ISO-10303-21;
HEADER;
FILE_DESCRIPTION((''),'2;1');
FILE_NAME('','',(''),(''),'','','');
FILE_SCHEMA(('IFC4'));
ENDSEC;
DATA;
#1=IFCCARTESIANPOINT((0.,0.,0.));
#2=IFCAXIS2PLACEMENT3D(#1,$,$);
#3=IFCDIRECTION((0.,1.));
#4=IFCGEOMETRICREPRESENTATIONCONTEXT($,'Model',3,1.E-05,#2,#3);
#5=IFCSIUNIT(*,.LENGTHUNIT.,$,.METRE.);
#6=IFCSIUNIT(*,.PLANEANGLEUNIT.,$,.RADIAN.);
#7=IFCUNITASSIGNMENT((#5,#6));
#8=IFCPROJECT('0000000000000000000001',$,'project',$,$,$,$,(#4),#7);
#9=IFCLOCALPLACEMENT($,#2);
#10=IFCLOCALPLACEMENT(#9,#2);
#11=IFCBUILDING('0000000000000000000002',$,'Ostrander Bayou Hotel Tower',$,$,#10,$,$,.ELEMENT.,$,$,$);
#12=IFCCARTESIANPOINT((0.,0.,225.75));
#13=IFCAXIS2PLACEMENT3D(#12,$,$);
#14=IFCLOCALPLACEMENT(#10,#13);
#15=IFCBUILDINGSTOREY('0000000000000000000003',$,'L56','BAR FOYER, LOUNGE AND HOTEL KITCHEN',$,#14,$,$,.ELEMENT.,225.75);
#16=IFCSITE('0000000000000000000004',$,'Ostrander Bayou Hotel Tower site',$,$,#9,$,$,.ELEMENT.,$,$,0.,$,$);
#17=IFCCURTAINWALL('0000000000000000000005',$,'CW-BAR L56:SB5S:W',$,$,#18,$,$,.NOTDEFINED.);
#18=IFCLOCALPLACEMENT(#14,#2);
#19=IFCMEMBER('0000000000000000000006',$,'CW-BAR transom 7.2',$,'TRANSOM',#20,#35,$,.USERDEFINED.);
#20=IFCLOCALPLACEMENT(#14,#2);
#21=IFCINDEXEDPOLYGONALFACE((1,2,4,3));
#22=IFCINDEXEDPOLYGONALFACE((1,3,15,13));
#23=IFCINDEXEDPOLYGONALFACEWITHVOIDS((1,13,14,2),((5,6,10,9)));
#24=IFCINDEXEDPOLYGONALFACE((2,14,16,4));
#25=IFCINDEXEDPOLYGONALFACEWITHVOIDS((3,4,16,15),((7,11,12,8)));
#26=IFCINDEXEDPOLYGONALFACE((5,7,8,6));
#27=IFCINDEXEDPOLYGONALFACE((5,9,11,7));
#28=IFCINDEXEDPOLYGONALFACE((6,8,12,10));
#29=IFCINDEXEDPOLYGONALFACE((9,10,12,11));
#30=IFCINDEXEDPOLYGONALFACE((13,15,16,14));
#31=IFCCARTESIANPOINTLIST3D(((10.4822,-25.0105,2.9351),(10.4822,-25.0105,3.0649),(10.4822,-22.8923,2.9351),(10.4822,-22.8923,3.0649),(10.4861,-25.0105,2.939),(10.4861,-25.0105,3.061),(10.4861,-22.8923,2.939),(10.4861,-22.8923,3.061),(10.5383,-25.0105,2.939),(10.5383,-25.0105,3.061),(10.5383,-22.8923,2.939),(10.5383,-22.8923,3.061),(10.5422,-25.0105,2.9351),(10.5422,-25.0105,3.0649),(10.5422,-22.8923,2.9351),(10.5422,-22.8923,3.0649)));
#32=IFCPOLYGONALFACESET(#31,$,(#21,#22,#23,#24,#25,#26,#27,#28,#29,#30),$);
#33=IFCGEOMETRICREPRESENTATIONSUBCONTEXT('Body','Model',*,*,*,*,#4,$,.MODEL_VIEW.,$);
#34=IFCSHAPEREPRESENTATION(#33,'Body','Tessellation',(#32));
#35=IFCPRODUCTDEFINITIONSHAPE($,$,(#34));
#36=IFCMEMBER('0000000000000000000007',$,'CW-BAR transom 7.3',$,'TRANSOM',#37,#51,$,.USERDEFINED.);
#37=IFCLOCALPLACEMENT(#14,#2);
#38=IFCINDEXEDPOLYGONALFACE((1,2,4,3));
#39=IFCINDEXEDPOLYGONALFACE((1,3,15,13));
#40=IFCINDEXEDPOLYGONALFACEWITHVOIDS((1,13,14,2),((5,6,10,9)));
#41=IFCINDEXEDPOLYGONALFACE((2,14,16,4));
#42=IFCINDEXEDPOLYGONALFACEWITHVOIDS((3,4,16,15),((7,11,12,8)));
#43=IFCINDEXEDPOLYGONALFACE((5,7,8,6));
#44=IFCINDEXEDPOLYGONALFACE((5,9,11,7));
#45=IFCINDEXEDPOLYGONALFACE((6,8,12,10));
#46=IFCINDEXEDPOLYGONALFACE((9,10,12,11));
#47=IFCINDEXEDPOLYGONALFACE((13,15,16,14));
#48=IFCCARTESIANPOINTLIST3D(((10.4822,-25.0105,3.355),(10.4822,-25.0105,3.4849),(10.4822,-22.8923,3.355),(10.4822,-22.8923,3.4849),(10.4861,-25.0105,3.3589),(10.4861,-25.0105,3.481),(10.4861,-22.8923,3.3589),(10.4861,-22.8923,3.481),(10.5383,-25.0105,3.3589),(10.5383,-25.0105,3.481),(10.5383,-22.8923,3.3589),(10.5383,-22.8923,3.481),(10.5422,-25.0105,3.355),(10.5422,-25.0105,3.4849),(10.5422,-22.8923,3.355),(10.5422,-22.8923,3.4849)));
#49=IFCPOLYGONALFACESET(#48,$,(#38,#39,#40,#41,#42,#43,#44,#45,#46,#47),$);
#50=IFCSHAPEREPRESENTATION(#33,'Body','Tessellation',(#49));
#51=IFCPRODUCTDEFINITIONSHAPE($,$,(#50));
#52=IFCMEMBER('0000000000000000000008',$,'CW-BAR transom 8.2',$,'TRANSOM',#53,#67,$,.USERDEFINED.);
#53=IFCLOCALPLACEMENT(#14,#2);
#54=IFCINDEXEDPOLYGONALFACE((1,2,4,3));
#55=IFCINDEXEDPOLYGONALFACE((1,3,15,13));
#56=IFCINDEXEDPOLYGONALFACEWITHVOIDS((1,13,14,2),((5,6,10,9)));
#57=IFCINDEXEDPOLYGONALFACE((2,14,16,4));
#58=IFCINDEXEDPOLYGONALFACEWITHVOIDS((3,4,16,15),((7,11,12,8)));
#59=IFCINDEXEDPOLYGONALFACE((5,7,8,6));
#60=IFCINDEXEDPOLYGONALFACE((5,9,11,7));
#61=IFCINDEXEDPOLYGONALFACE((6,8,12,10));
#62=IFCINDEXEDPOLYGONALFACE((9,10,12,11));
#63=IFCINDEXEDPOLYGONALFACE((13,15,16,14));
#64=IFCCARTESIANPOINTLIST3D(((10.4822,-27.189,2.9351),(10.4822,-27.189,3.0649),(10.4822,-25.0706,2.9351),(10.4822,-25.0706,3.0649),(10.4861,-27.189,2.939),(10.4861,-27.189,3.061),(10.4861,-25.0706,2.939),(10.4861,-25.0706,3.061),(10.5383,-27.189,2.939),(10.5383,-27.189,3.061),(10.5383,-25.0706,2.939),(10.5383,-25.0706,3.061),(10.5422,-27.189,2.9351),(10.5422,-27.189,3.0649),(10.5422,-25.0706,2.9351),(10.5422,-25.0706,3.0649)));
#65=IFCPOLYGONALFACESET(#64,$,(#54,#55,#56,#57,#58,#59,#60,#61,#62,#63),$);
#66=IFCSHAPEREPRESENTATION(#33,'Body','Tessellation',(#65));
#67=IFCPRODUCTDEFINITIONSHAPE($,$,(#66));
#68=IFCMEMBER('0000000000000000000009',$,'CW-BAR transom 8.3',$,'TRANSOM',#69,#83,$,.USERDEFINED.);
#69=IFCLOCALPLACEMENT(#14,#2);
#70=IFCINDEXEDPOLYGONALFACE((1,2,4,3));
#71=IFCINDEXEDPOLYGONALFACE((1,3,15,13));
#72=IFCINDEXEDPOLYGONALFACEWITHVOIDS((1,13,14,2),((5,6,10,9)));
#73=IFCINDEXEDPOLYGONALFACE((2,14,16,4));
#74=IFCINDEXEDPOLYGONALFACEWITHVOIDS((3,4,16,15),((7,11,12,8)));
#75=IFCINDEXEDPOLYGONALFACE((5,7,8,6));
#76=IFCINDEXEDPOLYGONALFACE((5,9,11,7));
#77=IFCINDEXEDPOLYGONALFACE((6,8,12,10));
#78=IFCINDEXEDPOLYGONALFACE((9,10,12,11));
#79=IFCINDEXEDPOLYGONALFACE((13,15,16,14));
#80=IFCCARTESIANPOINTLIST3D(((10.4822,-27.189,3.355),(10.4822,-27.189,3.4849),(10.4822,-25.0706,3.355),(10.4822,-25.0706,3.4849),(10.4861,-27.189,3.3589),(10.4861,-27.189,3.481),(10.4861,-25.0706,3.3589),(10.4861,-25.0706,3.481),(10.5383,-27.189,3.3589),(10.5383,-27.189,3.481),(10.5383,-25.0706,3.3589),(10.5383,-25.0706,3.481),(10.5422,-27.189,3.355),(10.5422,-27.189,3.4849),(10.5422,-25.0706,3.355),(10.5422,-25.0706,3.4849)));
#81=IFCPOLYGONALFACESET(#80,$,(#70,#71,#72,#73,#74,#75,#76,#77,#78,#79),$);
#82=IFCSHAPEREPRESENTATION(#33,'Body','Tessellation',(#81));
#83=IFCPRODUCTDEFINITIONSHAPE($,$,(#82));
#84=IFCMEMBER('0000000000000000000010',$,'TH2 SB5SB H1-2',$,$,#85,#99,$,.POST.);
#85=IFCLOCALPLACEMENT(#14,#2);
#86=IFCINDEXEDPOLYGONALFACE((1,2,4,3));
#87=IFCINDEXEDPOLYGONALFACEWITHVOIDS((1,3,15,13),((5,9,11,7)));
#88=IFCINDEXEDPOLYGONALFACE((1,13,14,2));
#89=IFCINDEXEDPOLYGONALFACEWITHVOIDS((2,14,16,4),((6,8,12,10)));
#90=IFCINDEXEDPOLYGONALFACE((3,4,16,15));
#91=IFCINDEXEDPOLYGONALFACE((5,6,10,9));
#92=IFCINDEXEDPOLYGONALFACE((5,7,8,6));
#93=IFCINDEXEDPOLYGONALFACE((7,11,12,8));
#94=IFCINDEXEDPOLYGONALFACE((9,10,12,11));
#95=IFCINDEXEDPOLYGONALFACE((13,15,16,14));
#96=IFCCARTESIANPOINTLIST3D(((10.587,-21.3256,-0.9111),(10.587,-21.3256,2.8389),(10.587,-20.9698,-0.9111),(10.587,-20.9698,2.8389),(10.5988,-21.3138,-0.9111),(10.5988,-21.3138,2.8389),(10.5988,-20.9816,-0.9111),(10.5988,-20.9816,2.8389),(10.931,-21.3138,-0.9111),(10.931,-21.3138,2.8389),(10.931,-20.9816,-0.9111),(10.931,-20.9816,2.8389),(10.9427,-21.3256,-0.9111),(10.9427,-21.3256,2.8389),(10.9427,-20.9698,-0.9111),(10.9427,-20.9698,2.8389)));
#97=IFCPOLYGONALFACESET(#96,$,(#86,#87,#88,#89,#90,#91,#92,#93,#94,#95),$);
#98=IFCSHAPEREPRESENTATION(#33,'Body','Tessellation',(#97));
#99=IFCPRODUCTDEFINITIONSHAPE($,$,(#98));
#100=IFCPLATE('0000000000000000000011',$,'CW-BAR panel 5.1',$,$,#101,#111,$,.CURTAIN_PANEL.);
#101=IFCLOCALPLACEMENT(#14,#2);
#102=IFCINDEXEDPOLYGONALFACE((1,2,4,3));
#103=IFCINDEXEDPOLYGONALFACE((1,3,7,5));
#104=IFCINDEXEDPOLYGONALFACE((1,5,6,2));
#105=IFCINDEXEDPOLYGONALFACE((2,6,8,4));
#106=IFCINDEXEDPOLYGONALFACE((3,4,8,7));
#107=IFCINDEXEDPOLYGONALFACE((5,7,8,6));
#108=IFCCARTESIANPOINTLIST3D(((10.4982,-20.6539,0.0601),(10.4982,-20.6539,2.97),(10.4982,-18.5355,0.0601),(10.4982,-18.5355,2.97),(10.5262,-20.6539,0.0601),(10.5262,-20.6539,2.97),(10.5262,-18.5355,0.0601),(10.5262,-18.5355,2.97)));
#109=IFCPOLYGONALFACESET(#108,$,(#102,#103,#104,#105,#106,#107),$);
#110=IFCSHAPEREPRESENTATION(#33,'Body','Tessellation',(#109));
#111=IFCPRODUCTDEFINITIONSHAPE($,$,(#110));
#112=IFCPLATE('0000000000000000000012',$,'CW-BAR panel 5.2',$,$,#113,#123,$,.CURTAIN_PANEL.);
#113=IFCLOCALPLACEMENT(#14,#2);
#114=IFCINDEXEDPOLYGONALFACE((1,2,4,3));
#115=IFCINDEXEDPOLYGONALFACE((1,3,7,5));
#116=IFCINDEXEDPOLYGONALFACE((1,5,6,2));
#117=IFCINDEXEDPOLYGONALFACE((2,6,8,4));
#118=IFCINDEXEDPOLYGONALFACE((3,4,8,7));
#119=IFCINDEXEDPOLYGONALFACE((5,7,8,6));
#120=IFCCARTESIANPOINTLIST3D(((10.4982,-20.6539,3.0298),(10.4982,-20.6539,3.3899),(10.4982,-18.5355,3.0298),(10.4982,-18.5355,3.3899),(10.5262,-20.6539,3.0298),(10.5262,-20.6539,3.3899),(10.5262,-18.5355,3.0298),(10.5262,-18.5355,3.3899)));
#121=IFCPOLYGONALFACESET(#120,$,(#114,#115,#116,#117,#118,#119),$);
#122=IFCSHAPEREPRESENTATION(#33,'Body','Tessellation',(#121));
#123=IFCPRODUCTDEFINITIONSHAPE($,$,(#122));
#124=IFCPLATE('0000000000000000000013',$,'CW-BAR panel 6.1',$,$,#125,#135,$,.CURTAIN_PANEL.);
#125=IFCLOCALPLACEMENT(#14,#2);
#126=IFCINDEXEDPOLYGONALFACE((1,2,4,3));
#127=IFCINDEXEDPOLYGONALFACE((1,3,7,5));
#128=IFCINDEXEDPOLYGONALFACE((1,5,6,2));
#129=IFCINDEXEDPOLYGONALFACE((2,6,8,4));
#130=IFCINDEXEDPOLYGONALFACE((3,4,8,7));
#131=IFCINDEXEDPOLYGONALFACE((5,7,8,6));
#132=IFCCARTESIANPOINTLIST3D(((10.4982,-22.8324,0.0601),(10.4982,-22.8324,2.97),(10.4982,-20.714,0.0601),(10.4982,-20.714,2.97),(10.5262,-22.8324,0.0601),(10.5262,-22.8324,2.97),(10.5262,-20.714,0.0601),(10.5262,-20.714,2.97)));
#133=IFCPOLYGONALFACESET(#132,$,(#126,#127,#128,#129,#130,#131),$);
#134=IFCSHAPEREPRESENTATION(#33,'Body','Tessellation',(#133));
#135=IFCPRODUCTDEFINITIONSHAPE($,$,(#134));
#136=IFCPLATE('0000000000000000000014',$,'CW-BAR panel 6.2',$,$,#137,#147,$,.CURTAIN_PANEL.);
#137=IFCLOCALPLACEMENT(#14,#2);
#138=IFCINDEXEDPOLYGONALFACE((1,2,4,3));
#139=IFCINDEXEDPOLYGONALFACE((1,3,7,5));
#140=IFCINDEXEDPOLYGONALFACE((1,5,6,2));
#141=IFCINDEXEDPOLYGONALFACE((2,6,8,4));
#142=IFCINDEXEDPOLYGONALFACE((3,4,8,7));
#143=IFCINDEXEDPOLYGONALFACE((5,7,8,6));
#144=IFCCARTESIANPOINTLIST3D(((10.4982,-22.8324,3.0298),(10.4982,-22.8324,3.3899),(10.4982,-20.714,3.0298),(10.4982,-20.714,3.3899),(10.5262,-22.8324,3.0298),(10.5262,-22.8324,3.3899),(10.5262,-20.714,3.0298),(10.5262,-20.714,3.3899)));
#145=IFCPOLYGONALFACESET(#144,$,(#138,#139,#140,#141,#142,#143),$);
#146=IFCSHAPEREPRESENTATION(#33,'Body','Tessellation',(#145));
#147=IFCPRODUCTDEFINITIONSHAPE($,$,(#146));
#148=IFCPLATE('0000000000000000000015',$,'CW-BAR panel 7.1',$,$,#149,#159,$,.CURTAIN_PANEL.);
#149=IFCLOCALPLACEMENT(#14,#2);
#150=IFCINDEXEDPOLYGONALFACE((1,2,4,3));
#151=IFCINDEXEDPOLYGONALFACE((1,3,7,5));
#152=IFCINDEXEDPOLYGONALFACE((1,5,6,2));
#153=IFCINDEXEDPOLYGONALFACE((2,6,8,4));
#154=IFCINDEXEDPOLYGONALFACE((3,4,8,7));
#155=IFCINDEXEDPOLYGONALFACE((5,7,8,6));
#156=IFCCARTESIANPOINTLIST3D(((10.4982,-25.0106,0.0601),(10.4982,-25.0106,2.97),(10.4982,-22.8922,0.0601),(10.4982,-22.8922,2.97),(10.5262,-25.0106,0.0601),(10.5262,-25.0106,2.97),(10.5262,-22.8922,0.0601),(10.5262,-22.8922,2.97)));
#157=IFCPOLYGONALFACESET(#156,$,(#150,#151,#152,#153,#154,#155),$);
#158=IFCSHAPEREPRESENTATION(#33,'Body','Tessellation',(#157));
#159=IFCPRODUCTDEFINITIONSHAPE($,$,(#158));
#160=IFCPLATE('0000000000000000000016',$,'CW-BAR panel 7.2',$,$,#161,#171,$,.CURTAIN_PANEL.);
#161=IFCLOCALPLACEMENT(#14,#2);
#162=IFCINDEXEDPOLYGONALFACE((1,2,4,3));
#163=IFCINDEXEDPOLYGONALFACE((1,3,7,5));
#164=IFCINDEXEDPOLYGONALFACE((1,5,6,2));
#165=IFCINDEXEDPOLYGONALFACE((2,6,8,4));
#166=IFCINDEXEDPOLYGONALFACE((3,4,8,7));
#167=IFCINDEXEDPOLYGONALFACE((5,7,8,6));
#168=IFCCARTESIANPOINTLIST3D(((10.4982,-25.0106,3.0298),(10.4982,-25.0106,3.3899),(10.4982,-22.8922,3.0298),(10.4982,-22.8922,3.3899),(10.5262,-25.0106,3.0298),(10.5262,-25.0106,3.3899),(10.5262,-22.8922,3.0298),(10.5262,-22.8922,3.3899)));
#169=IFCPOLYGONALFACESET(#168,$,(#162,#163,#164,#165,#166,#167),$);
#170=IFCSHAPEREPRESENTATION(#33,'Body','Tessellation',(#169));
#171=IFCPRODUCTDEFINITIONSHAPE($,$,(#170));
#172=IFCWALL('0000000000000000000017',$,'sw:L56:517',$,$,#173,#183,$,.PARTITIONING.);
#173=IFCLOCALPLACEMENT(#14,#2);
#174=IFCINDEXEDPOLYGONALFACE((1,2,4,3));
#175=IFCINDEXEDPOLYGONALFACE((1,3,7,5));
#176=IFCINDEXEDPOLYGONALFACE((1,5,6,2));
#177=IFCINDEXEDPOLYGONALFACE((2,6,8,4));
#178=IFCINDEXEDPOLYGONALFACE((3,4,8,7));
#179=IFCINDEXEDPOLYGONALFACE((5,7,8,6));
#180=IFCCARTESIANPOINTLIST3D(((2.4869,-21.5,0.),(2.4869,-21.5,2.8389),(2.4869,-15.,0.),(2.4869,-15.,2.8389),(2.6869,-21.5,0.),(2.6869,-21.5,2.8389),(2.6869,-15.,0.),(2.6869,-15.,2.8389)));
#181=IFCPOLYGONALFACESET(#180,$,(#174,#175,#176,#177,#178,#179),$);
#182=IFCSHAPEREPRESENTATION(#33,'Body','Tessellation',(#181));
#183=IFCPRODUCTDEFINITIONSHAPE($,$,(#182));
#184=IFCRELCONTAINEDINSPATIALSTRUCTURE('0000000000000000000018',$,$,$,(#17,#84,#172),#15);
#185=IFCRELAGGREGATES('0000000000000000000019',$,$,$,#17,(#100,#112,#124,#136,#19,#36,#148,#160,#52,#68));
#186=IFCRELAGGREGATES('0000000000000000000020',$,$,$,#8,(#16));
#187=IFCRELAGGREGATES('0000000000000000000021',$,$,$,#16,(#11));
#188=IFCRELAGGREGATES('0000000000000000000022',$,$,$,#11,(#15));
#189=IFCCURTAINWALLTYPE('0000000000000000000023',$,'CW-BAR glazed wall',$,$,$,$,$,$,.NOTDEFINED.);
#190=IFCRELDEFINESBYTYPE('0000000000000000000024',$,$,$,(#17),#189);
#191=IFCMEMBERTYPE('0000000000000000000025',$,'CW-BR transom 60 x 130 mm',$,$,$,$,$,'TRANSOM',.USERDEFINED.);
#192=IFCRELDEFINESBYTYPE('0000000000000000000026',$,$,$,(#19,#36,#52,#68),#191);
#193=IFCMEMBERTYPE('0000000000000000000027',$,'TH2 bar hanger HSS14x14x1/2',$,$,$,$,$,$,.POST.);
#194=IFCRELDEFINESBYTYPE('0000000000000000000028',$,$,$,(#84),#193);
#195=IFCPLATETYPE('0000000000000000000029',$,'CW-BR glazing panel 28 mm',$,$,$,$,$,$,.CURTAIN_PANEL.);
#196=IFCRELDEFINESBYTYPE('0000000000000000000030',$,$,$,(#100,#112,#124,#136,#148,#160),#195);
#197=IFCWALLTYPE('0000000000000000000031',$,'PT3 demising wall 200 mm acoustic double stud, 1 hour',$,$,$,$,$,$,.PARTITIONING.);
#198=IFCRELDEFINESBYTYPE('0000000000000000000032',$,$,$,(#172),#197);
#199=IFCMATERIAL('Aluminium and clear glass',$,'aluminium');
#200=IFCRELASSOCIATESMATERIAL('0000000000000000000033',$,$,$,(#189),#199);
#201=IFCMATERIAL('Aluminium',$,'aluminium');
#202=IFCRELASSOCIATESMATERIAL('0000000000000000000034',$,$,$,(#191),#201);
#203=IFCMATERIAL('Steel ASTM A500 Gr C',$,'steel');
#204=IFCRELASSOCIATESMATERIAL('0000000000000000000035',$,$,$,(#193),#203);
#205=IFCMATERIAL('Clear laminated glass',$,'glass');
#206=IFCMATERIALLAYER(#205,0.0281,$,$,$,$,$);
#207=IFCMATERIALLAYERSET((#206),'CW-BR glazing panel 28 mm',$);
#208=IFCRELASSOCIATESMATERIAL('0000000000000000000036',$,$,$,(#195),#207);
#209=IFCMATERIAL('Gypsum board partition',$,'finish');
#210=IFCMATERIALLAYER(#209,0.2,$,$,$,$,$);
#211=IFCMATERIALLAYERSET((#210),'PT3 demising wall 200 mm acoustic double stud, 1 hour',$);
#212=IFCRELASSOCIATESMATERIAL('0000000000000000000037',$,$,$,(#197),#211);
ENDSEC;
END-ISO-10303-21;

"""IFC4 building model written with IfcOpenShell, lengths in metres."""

from ifc_helpers import new_model, si_unit, direction, frame, frame_2d, origin, origin_2d, place, context, subcontext, project, spatial, rectangle, hollow_rectangle, extrude, material, layer, layer_set, material_profile, profile_set, type_object, element, aggregate, save


model = new_model("IFC4")

# Units and contexts
model_context = context("Model", 3, precision=1e-05, world=origin(), true_north=direction((0.0, 1.0)))
body_context = subcontext(model_context, "Body", "Model", "MODEL_VIEW")
ifc_project = project(units=[si_unit("LENGTHUNIT", "METRE"), si_unit("PLANEANGLEUNIT", "RADIAN")], contexts=[model_context])

# Site, building, storey
site_placement = place(None, origin())
site = spatial("IfcSite", under=ifc_project, at=site_placement, Name="Ostrander Bayou Hotel Tower site", CompositionType="ELEMENT", RefElevation=0.0)
building_placement = place(site_placement, origin())
building = spatial("IfcBuilding", under=site, at=building_placement, Name="Ostrander Bayou Hotel Tower", CompositionType="ELEMENT")
storey_placement = place(building_placement, frame((0.0, 0.0, 225.75)))
storey = spatial("IfcBuildingStorey", under=building, at=storey_placement, Name="L56", Description="BAR FOYER, LOUNGE AND HOTEL KITCHEN", CompositionType="ELEMENT", Elevation=225.75)

# Curtain wall, members
ifc_material_1 = material(Name="Aluminium and clear glass", Category="aluminium")
curtain_wall_type = type_object("IfcCurtainWallType", Name="CW-BAR glazed wall", PredefinedType="NOTDEFINED", material=ifc_material_1)
curtain_wall_placement = place(storey_placement, origin())
curtain_wall = element("IfcCurtainWall", 1, at=curtain_wall_placement, inside=storey, type_object=curtain_wall_type, Name="CW-BAR L56:SB5S:W", PredefinedType="NOTDEFINED")
ifc_material_2 = material(Name="Aluminium", Category="aluminium")
ifc_material_profile_1 = material_profile(ifc_material_2, hollow_rectangle(XDim=0.0601, YDim=0.1299, WallThickness=0.0039, at=origin_2d()))
ifc_profile_set_1 = profile_set([ifc_material_profile_1], Name="Aluminium")
member_type_1 = type_object("IfcMemberType", Name="CW-BR transom 60 x 130 mm", ElementType="TRANSOM", PredefinedType="USERDEFINED", material=ifc_profile_set_1)
member_1_placement = place(storey_placement, frame((10.5122, -22.8923, 3.0), z_axis=(0.0, -1.0, 0.0), x_axis=(1.0, 0.0, 0.0)))
member_1 = element("IfcMember", 2, at=member_1_placement, type_object=member_type_1, Name="CW-BAR transom 7.2", ObjectType="TRANSOM", PredefinedType="USERDEFINED", context=body_context, shape_type="SweptSolid", body=[
    extrude(hollow_rectangle(XDim=0.0601, YDim=0.1299, WallThickness=0.0039, at=origin_2d()), origin(), (0.0, 0.0, 1.0), 2.1182),
])
member_2_placement = place(storey_placement, frame((10.5122, -22.8923, 3.4199), z_axis=(0.0, -1.0, 0.0), x_axis=(1.0, 0.0, 0.0)))
member_2 = element("IfcMember", 3, at=member_2_placement, type_object=member_type_1, Name="CW-BAR transom 7.3", ObjectType="TRANSOM", PredefinedType="USERDEFINED", context=body_context, shape_type="SweptSolid", body=[
    extrude(hollow_rectangle(XDim=0.0601, YDim=0.1299, WallThickness=0.0039, at=origin_2d()), origin(), (0.0, 0.0, 1.0), 2.1182),
])
member_3_placement = place(storey_placement, frame((10.5122, -25.0706, 3.0), z_axis=(0.0, -1.0, 0.0), x_axis=(1.0, 0.0, 0.0)))
member_3 = element("IfcMember", 4, at=member_3_placement, type_object=member_type_1, Name="CW-BAR transom 8.2", ObjectType="TRANSOM", PredefinedType="USERDEFINED", context=body_context, shape_type="SweptSolid", body=[
    extrude(hollow_rectangle(XDim=0.0601, YDim=0.1299, WallThickness=0.0039, at=origin_2d()), origin(), (0.0, 0.0, 1.0), 2.1184),
])
member_4_placement = place(storey_placement, frame((10.5122, -25.0706, 3.4199), z_axis=(0.0, -1.0, 0.0), x_axis=(1.0, 0.0, 0.0)))
member_4 = element("IfcMember", 5, at=member_4_placement, type_object=member_type_1, Name="CW-BAR transom 8.3", ObjectType="TRANSOM", PredefinedType="USERDEFINED", context=body_context, shape_type="SweptSolid", body=[
    extrude(hollow_rectangle(XDim=0.0601, YDim=0.1299, WallThickness=0.0039, at=origin_2d()), origin(), (0.0, 0.0, 1.0), 2.1184),
])

# Member
ifc_material_3 = material(Name="Steel ASTM A500 Gr C", Category="steel")
ifc_material_profile_2 = material_profile(ifc_material_3, hollow_rectangle(XDim=0.3557, YDim=0.3557, WallThickness=0.0117, at=origin_2d()))
ifc_profile_set_2 = profile_set([ifc_material_profile_2], Name="Steel ASTM A500 Gr C")
member_type_2 = type_object("IfcMemberType", Name="TH2 bar hanger HSS14x14x1/2", PredefinedType="POST", material=ifc_profile_set_2)
member_5_placement = place(storey_placement, frame((10.7649, -21.1477, -0.9111), z_axis=(0.0, 0.0, 1.0), x_axis=(1.0, 0.0, 0.0)))
element("IfcMember", 6, at=member_5_placement, inside=storey, type_object=member_type_2, Name="TH2 SB5SB H1-2", PredefinedType="POST", context=body_context, shape_type="SweptSolid", body=[
    extrude(hollow_rectangle(XDim=0.3557, YDim=0.3557, WallThickness=0.0117, at=origin_2d()), origin(), (0.0, 0.0, 1.0), 3.75),
])

# Plates
ifc_material_4 = material(Name="Clear laminated glass", Category="glass")
ifc_layer_1 = layer(ifc_material_4, 0.0281)
ifc_layer_set_1 = layer_set([ifc_layer_1], Name="CW-BR glazing panel 28 mm")
plate_type = type_object("IfcPlateType", Name="CW-BR glazing panel 28 mm", PredefinedType="CURTAIN_PANEL", material=ifc_layer_set_1)
plate_1_placement = place(storey_placement, frame((10.5122, -19.5947, 0.0601), z_axis=(0.0, 0.0, 1.0), x_axis=(0.0, -1.0, 0.0)))
plate_1 = element("IfcPlate", 7, at=plate_1_placement, type_object=plate_type, Name="CW-BAR panel 5.1", PredefinedType="CURTAIN_PANEL", context=body_context, shape_type="SweptSolid", body=[
    extrude(rectangle(XDim=2.1184, YDim=0.0281, at=origin_2d()), origin(), (0.0, 0.0, 1.0), 2.9099),
])
plate_2_placement = place(storey_placement, frame((10.5122, -19.5947, 3.0298), z_axis=(0.0, 0.0, 1.0), x_axis=(0.0, -1.0, 0.0)))
plate_2 = element("IfcPlate", 8, at=plate_2_placement, type_object=plate_type, Name="CW-BAR panel 5.2", PredefinedType="CURTAIN_PANEL", context=body_context, shape_type="SweptSolid", body=[
    extrude(rectangle(XDim=2.1184, YDim=0.0281, at=origin_2d()), origin(), (0.0, 0.0, 1.0), 0.3601),
])
plate_3_placement = place(storey_placement, frame((10.5122, -21.7732, 0.0601), z_axis=(0.0, 0.0, 1.0), x_axis=(0.0, -1.0, 0.0)))
plate_3 = element("IfcPlate", 9, at=plate_3_placement, type_object=plate_type, Name="CW-BAR panel 6.1", PredefinedType="CURTAIN_PANEL", context=body_context, shape_type="SweptSolid", body=[
    extrude(rectangle(XDim=2.1184, YDim=0.0281, at=origin_2d()), origin(), (0.0, 0.0, 1.0), 2.9099),
])
plate_4_placement = place(storey_placement, frame((10.5122, -21.7732, 3.0298), z_axis=(0.0, 0.0, 1.0), x_axis=(0.0, -1.0, 0.0)))
plate_4 = element("IfcPlate", 10, at=plate_4_placement, type_object=plate_type, Name="CW-BAR panel 6.2", PredefinedType="CURTAIN_PANEL", context=body_context, shape_type="SweptSolid", body=[
    extrude(rectangle(XDim=2.1184, YDim=0.0281, at=origin_2d()), origin(), (0.0, 0.0, 1.0), 0.3601),
])
plate_5_placement = place(storey_placement, frame((10.5122, -23.9514, 0.0601), z_axis=(0.0, 0.0, 1.0), x_axis=(0.0, -1.0, 0.0)))
plate_5 = element("IfcPlate", 11, at=plate_5_placement, type_object=plate_type, Name="CW-BAR panel 7.1", PredefinedType="CURTAIN_PANEL", context=body_context, shape_type="SweptSolid", body=[
    extrude(rectangle(XDim=2.1184, YDim=0.0281, at=origin_2d()), origin(), (0.0, 0.0, 1.0), 2.9099),
])
plate_6_placement = place(storey_placement, frame((10.5122, -23.9514, 3.0298), z_axis=(0.0, 0.0, 1.0), x_axis=(0.0, -1.0, 0.0)))
plate_6 = element("IfcPlate", 12, at=plate_6_placement, type_object=plate_type, Name="CW-BAR panel 7.2", PredefinedType="CURTAIN_PANEL", context=body_context, shape_type="SweptSolid", body=[
    extrude(rectangle(XDim=2.1184, YDim=0.0281, at=origin_2d()), origin(), (0.0, 0.0, 1.0), 0.3601),
])
aggregate(curtain_wall, [plate_1, plate_2, plate_3, plate_4, member_1, member_2, plate_5, plate_6, member_3, member_4])

# Wall
ifc_material_5 = material(Name="Gypsum board partition", Category="finish")
ifc_layer_2 = layer(ifc_material_5, 0.2)
ifc_layer_set_2 = layer_set([ifc_layer_2], Name="PT3 demising wall 200 mm acoustic double stud, 1 hour")
wall_type = type_object("IfcWallType", Name="PT3 demising wall 200 mm acoustic double stud, 1 hour", PredefinedType="PARTITIONING", material=ifc_layer_set_2)
wall_placement = place(storey_placement, frame((2.5869, -21.5, 0.0), z_axis=(0.0, 0.0, 1.0), x_axis=(0.0, 1.0, 0.0)))
element("IfcWall", 13, at=wall_placement, inside=storey, type_object=wall_type, Name="sw:L56:517", PredefinedType="PARTITIONING", context=body_context, shape_type="SweptSolid", body=[
    extrude(rectangle(XDim=6.5, YDim=0.2, at=frame_2d((3.25, 0.0))), origin(), (0.0, 0.0, 1.0), 2.8389),
])

save(model, "model.ifc")
